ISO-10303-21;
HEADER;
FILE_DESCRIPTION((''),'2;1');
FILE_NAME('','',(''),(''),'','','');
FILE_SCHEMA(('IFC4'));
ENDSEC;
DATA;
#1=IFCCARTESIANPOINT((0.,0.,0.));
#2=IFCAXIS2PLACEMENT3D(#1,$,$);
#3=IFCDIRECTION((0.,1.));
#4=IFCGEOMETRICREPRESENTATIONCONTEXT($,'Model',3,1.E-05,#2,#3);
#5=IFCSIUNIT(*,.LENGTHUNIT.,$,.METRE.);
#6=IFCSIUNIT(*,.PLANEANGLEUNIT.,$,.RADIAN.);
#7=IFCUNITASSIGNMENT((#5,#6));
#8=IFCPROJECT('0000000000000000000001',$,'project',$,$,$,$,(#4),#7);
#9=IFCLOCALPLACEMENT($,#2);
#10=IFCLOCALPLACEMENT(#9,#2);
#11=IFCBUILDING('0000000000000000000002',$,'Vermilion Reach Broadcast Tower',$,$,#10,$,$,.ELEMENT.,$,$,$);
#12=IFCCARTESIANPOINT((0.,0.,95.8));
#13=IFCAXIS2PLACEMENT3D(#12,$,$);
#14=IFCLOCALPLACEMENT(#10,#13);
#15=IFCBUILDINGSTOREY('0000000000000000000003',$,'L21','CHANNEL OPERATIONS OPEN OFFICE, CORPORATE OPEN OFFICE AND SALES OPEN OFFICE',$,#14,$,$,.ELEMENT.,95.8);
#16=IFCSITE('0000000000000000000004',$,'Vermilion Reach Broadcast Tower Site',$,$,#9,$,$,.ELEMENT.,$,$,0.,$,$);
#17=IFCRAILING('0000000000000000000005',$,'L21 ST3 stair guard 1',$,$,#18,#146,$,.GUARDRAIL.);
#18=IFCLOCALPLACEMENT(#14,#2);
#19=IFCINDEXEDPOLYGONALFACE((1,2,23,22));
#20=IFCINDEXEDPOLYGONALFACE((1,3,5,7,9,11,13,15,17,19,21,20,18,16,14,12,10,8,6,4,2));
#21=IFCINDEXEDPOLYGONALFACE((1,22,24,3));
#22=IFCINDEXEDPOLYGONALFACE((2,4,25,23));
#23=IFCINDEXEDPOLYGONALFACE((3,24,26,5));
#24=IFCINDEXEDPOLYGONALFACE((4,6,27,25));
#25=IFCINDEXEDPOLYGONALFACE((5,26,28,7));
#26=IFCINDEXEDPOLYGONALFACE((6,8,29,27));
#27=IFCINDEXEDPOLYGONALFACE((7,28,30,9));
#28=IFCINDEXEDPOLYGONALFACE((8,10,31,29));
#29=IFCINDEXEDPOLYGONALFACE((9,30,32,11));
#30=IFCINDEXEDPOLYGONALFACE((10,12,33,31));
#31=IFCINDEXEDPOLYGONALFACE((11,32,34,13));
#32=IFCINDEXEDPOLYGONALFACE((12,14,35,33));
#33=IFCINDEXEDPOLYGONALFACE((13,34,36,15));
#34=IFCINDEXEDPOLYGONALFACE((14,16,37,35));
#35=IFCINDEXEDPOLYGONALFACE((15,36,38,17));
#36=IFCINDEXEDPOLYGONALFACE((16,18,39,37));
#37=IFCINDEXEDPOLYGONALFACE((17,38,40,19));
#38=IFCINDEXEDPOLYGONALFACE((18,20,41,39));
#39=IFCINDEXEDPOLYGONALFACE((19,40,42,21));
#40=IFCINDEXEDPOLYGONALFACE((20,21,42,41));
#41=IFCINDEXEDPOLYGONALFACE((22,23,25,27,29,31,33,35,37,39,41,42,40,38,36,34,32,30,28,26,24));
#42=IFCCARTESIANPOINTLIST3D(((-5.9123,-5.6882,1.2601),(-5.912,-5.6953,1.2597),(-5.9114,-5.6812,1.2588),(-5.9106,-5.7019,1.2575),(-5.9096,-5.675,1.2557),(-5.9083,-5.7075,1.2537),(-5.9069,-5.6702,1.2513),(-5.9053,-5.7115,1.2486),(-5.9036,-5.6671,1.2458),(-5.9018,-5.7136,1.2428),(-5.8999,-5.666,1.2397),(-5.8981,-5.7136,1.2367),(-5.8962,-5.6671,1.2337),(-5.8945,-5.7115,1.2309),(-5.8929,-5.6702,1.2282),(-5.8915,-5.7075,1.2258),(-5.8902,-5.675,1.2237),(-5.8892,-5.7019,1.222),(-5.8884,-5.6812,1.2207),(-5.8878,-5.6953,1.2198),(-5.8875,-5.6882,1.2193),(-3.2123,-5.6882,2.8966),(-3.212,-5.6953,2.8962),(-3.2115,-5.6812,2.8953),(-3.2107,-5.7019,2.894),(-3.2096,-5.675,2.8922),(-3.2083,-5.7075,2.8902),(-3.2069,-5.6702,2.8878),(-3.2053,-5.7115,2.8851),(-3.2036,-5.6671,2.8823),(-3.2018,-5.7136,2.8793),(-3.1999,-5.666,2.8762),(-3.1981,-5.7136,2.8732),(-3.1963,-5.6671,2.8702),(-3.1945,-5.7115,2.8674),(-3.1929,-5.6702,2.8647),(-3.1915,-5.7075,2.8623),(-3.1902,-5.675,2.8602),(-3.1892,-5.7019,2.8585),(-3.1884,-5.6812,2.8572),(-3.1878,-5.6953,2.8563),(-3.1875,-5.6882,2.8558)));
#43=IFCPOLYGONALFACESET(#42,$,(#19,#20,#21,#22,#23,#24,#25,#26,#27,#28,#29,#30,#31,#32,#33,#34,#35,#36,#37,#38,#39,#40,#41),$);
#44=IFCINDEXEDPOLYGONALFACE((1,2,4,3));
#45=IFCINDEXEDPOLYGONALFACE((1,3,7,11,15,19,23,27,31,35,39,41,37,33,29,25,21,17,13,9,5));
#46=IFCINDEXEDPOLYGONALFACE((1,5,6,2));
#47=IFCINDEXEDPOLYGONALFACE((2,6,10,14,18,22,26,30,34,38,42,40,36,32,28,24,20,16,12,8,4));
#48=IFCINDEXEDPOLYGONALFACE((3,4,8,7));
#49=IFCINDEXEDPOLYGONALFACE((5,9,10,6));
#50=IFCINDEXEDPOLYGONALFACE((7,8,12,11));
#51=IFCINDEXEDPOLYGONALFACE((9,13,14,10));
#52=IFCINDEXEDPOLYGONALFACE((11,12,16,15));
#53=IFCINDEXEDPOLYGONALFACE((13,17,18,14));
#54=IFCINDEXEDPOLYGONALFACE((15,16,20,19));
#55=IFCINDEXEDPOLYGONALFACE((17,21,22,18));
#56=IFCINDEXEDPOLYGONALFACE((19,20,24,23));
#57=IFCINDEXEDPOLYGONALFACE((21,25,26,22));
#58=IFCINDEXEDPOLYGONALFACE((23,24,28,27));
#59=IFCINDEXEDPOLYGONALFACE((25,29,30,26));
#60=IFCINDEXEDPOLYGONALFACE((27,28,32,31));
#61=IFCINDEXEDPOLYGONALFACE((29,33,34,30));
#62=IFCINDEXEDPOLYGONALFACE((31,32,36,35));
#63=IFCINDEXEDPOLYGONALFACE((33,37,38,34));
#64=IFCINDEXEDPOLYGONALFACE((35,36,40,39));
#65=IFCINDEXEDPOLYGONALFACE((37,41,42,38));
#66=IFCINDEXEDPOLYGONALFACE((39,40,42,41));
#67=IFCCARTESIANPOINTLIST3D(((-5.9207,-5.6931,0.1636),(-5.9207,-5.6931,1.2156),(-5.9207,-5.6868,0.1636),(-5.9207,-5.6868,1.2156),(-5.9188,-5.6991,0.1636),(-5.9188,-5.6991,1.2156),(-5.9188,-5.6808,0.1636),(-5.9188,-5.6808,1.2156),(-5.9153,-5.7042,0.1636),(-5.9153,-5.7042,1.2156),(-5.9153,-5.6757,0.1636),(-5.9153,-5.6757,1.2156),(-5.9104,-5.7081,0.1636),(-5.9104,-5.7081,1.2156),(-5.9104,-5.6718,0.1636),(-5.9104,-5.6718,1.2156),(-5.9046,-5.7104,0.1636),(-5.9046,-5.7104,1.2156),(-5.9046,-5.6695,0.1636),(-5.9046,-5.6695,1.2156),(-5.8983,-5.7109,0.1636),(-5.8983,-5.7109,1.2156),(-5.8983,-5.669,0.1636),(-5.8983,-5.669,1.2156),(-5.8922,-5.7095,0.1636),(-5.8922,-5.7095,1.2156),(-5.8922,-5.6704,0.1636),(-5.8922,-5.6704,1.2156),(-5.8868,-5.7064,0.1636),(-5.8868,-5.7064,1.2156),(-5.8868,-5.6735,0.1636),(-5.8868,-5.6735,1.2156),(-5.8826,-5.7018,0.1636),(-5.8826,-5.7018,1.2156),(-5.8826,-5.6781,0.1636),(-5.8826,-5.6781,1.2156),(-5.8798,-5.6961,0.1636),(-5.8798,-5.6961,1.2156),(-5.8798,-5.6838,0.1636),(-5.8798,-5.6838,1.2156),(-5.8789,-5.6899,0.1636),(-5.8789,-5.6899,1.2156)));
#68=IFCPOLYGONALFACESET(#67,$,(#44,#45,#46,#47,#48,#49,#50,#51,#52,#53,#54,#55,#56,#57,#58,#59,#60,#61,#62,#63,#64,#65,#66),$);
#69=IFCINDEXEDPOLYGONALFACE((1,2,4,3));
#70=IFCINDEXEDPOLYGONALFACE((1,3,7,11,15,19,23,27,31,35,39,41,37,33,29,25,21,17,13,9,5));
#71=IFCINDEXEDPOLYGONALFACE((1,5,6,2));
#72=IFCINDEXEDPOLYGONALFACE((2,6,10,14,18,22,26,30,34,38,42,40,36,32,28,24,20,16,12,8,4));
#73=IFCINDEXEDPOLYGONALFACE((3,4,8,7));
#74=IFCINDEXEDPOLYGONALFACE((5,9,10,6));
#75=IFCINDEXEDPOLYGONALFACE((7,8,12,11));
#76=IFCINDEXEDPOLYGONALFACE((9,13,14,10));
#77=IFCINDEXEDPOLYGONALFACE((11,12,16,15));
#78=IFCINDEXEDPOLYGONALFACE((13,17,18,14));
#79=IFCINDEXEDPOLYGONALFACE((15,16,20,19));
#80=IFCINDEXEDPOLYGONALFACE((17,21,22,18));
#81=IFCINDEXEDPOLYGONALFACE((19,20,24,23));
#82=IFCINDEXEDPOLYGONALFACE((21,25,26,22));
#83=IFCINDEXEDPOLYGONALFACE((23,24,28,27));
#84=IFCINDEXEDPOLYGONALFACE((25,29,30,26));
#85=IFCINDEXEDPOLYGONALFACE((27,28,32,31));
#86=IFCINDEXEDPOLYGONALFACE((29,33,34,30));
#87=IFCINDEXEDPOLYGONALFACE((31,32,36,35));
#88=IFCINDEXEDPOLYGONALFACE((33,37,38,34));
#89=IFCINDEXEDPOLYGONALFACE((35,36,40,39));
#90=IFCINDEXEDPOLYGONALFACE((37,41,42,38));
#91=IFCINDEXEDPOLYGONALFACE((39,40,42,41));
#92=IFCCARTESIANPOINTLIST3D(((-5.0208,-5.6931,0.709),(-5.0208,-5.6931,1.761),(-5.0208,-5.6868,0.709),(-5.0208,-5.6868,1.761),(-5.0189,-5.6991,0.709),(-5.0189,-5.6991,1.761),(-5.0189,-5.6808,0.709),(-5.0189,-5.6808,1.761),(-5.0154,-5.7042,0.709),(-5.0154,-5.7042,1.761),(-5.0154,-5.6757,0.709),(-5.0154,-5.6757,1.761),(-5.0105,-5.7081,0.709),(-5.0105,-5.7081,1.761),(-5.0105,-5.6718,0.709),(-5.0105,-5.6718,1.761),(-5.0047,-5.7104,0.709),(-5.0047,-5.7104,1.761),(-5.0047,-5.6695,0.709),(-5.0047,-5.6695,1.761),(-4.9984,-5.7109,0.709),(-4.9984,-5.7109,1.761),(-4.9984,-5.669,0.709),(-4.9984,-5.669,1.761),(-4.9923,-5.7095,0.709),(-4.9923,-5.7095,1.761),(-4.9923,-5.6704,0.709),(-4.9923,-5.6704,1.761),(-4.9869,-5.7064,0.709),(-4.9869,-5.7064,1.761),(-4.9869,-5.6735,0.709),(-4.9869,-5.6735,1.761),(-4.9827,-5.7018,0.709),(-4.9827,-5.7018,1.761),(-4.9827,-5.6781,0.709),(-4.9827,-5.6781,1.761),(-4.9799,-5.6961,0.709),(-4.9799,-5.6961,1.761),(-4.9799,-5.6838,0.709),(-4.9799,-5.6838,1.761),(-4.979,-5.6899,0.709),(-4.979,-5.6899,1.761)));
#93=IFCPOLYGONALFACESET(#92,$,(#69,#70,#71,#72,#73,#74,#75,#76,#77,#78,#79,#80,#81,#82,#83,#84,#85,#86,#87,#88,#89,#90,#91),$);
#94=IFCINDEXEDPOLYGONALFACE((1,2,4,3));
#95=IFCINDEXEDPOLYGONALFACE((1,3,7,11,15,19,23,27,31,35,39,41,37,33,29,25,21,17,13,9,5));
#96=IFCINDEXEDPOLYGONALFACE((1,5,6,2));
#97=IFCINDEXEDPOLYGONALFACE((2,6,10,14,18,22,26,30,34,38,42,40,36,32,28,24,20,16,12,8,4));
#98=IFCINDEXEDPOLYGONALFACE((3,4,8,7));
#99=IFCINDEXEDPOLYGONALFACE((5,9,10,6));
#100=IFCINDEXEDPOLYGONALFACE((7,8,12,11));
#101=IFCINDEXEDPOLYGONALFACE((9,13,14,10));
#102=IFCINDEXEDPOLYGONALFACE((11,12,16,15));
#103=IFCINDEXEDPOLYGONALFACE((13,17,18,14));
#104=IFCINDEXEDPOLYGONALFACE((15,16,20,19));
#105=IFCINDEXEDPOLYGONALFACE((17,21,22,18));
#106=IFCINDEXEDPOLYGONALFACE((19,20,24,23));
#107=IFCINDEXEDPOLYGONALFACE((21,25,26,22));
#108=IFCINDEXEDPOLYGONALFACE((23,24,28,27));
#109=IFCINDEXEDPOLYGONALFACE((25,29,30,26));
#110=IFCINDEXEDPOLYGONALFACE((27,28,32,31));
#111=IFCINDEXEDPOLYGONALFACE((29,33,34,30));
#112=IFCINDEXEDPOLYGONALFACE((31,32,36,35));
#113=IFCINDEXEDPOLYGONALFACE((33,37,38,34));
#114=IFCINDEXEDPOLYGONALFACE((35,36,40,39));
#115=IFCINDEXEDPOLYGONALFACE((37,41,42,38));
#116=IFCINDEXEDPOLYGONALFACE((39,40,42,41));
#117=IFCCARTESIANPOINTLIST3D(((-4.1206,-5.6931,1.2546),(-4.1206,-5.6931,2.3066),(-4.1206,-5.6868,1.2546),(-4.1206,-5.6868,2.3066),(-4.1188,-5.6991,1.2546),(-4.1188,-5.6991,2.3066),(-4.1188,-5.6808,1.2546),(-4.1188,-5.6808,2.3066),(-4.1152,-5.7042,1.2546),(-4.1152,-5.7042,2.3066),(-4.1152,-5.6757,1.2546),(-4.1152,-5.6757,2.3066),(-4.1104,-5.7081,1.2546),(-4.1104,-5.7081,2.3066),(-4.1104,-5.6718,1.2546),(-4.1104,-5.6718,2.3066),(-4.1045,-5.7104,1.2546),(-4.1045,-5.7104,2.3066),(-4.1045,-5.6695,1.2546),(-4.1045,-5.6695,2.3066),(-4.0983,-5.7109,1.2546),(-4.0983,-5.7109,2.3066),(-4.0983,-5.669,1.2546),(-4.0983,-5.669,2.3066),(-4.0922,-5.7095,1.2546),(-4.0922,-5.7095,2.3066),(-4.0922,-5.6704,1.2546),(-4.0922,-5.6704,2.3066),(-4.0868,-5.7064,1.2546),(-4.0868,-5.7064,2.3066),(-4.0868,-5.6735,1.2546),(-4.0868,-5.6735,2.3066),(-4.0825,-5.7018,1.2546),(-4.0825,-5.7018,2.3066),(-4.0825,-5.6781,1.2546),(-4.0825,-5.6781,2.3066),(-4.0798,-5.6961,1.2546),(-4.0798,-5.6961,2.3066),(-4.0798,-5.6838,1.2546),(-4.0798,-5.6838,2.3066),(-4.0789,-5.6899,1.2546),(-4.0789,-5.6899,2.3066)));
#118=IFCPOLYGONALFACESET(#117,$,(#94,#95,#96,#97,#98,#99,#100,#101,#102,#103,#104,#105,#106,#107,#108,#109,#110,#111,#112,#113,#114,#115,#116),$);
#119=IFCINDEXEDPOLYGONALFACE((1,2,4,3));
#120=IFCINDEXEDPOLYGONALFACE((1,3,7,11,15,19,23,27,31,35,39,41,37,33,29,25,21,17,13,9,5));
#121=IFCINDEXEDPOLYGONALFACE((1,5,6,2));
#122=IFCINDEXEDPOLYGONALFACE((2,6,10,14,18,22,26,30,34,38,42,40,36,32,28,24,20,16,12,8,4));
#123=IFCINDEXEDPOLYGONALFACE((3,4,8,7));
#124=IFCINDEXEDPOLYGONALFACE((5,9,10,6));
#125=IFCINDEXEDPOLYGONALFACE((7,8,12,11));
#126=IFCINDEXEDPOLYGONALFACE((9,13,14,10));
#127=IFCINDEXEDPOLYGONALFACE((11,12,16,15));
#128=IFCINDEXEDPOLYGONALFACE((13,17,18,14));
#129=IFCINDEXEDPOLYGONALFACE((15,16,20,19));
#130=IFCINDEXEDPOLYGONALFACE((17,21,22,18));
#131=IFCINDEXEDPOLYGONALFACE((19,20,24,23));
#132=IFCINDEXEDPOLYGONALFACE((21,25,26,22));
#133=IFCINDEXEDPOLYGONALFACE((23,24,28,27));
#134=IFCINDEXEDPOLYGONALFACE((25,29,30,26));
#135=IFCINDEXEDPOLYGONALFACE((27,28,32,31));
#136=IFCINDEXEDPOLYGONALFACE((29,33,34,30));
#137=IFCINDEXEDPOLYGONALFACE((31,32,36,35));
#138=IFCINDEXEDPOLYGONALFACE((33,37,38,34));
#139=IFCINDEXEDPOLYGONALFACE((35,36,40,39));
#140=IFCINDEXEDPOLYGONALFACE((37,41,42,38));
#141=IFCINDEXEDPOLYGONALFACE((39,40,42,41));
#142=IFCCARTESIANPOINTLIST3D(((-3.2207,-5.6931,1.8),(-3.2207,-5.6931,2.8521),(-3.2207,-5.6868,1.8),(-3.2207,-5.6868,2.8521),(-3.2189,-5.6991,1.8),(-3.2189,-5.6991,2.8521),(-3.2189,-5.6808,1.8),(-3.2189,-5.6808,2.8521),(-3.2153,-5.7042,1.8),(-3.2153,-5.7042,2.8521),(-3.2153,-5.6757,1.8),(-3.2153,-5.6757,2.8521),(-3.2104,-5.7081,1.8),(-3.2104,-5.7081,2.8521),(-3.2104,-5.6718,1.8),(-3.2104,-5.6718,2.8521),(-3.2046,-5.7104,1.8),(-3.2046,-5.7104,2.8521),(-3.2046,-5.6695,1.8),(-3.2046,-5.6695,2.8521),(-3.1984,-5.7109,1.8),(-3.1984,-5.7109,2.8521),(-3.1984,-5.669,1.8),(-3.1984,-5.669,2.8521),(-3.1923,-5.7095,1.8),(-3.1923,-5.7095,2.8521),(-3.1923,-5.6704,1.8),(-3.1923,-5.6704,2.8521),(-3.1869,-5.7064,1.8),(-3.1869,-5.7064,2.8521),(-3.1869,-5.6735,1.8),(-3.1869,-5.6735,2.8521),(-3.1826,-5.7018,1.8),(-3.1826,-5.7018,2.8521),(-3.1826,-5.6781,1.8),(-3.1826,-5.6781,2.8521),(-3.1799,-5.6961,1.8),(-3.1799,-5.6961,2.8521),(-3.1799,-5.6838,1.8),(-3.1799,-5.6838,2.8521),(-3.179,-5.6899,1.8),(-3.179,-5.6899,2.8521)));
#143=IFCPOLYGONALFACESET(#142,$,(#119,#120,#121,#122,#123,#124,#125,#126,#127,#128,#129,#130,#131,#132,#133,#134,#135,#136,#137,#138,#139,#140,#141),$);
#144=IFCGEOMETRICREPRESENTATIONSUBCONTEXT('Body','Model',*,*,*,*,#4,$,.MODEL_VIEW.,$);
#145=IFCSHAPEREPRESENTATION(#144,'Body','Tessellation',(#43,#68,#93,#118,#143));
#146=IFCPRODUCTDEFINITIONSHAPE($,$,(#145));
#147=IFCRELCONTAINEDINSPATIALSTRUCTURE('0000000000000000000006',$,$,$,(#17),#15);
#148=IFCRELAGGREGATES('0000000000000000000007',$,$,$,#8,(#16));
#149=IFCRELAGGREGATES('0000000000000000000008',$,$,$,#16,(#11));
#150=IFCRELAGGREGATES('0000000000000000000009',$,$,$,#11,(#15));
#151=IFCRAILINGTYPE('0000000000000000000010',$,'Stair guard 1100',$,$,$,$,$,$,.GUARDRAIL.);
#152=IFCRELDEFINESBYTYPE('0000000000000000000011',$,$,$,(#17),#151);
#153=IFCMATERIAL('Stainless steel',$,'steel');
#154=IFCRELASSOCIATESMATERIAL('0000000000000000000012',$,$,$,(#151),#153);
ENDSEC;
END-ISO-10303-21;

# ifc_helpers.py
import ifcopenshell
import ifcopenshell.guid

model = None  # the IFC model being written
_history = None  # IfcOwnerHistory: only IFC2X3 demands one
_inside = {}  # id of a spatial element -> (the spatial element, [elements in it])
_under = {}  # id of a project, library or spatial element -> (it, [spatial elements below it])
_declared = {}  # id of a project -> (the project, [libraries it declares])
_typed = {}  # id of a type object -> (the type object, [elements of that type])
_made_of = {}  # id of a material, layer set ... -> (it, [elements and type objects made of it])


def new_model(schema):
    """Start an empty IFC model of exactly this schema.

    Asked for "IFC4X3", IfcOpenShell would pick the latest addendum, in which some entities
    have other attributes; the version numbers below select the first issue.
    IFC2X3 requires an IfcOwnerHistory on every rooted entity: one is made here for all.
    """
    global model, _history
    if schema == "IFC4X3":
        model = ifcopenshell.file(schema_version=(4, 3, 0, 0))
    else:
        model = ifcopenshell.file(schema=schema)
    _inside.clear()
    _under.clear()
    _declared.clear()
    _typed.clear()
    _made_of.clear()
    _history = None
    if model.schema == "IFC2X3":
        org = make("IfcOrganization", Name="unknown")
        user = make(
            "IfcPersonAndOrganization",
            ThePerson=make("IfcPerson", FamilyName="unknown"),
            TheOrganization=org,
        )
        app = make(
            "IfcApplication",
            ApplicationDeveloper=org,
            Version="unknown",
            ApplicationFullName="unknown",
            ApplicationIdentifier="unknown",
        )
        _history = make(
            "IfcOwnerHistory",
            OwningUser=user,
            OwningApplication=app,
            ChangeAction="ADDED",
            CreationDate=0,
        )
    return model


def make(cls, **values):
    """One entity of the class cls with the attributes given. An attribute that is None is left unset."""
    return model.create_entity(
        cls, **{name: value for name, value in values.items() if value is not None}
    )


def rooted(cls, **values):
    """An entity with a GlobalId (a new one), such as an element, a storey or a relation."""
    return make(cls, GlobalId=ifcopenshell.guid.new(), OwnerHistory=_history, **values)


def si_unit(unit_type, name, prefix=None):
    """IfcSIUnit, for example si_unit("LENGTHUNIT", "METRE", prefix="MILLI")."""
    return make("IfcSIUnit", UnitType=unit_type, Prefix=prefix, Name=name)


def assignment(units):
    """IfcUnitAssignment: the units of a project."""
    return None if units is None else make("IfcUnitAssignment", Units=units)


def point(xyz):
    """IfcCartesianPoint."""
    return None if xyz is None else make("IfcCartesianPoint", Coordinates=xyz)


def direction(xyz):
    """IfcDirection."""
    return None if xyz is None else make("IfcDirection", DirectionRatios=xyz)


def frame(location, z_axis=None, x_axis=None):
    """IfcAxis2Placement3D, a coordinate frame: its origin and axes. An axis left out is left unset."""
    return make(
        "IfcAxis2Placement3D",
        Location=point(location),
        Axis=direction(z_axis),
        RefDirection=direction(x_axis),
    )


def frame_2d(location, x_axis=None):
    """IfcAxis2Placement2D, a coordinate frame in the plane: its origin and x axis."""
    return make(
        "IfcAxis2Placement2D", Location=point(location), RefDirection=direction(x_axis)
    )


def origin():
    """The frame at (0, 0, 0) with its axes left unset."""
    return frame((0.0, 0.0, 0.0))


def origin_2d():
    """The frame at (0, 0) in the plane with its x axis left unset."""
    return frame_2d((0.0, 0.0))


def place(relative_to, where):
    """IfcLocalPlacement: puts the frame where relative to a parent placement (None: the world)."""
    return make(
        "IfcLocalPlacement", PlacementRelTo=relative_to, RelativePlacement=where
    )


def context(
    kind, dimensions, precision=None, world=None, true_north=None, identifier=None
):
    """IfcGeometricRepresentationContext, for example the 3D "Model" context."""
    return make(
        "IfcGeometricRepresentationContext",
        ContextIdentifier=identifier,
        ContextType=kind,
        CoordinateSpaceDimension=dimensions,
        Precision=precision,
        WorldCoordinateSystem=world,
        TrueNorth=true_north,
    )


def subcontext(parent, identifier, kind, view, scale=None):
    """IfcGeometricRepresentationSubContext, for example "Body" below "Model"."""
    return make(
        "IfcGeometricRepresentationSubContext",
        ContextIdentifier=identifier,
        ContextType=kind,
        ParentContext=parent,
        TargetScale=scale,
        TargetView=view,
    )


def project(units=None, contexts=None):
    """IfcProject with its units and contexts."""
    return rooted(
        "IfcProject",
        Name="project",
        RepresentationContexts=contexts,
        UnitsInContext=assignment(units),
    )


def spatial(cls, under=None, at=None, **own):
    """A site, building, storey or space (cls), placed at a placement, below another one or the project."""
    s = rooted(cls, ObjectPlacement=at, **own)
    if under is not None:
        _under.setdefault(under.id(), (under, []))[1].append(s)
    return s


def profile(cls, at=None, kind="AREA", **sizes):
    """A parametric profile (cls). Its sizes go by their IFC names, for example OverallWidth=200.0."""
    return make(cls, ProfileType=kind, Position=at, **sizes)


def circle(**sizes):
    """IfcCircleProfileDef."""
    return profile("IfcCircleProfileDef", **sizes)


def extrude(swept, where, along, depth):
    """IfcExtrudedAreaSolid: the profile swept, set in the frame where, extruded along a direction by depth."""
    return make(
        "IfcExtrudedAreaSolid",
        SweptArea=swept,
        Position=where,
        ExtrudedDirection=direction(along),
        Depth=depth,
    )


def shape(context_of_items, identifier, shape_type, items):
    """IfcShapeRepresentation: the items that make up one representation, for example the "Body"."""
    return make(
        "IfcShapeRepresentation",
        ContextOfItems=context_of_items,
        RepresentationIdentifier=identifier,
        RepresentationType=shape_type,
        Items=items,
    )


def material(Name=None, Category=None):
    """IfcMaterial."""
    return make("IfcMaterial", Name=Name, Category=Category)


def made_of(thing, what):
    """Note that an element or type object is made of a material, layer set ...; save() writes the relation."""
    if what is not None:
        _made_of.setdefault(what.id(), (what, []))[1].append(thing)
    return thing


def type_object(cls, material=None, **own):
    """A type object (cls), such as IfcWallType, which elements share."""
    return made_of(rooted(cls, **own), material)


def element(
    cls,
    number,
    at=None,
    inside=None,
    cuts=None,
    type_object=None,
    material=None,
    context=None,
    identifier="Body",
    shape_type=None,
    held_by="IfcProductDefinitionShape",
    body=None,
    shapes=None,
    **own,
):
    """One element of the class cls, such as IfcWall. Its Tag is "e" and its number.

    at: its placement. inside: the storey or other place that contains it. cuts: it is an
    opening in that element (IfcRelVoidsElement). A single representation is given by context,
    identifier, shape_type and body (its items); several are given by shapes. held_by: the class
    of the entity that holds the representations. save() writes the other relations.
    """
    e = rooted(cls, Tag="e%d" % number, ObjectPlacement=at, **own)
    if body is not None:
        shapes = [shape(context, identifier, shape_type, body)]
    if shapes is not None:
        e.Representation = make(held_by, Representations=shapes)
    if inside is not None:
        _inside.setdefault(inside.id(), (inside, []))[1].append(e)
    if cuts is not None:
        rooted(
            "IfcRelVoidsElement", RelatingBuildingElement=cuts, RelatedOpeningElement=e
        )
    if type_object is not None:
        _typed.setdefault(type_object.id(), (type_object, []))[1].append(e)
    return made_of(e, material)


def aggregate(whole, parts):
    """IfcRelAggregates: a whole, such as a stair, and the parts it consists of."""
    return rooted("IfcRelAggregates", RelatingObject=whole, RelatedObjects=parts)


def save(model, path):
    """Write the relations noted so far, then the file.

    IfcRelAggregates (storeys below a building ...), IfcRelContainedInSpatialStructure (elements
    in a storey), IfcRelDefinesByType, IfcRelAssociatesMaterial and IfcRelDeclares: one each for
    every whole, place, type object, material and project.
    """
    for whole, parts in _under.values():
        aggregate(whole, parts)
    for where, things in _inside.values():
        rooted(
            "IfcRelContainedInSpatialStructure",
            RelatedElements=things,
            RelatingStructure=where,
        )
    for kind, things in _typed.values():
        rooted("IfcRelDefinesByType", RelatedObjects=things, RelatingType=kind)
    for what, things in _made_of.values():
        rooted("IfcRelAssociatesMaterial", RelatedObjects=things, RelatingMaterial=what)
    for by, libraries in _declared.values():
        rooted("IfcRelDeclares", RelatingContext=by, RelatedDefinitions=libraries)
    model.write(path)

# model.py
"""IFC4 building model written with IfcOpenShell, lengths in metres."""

from ifc_helpers import new_model, si_unit, direction, frame, origin, origin_2d, place, context, subcontext, project, spatial, circle, extrude, material, type_object, element, save


model = new_model("IFC4")

# Units and contexts
model_context = context("Model", 3, precision=1e-05, world=origin(), true_north=direction((0.0, 1.0)))
body_context = subcontext(model_context, "Body", "Model", "MODEL_VIEW")
ifc_project = project(units=[si_unit("LENGTHUNIT", "METRE"), si_unit("PLANEANGLEUNIT", "RADIAN")], contexts=[model_context])

# Site, building, storey
site_placement = place(None, origin())
site = spatial("IfcSite", under=ifc_project, at=site_placement, Name="Vermilion Reach Broadcast Tower Site", CompositionType="ELEMENT", RefElevation=0.0)
building_placement = place(site_placement, origin())
building = spatial("IfcBuilding", under=site, at=building_placement, Name="Vermilion Reach Broadcast Tower", CompositionType="ELEMENT")
storey_placement = place(building_placement, frame((0.0, 0.0, 95.8)))
storey = spatial("IfcBuildingStorey", under=building, at=storey_placement, Name="L21", Description="CHANNEL OPERATIONS OPEN OFFICE, CORPORATE OPEN OFFICE AND SALES OPEN OFFICE", CompositionType="ELEMENT", Elevation=95.8)

# Railing
ifc_material_1 = material(Name="Stainless steel", Category="steel")
railing_type_1 = type_object("IfcRailingType", Name="Stair guard 1100", PredefinedType="GUARDRAIL", material=ifc_material_1)
railing_1_placement = place(storey_placement, frame((-5.8999, -5.6899, 0.1636)))
element("IfcRailing", 1, at=railing_1_placement, inside=storey, type_object=railing_type_1, Name="L21 ST3 stair guard 1", PredefinedType="GUARDRAIL", context=body_context, shape_type="SweptSolid", body=[
    extrude(circle(Radius=0.0239, at=origin_2d()), frame((0.0, 0.0, 1.0762), z_axis=(0.855178, 0.0, 0.518334), x_axis=(0.0, 1.0, 0.0)), (0.0, 0.0, 1.0), 3.1572),
    extrude(circle(Radius=0.021, at=origin_2d()), origin(), (0.0, 0.0, 1.0), 1.052),
    extrude(circle(Radius=0.021, at=origin_2d()), frame((0.8999, 0.0, 0.5454)), (0.0, 0.0, 1.0), 1.052),
    extrude(circle(Radius=0.021, at=origin_2d()), frame((1.8, 0.0, 1.0911)), (0.0, 0.0, 1.0), 1.052),
    extrude(circle(Radius=0.021, at=origin_2d()), frame((2.7, 0.0, 1.6365)), (0.0, 0.0, 1.0), 1.052),
])

save(model, "model.ifc")
